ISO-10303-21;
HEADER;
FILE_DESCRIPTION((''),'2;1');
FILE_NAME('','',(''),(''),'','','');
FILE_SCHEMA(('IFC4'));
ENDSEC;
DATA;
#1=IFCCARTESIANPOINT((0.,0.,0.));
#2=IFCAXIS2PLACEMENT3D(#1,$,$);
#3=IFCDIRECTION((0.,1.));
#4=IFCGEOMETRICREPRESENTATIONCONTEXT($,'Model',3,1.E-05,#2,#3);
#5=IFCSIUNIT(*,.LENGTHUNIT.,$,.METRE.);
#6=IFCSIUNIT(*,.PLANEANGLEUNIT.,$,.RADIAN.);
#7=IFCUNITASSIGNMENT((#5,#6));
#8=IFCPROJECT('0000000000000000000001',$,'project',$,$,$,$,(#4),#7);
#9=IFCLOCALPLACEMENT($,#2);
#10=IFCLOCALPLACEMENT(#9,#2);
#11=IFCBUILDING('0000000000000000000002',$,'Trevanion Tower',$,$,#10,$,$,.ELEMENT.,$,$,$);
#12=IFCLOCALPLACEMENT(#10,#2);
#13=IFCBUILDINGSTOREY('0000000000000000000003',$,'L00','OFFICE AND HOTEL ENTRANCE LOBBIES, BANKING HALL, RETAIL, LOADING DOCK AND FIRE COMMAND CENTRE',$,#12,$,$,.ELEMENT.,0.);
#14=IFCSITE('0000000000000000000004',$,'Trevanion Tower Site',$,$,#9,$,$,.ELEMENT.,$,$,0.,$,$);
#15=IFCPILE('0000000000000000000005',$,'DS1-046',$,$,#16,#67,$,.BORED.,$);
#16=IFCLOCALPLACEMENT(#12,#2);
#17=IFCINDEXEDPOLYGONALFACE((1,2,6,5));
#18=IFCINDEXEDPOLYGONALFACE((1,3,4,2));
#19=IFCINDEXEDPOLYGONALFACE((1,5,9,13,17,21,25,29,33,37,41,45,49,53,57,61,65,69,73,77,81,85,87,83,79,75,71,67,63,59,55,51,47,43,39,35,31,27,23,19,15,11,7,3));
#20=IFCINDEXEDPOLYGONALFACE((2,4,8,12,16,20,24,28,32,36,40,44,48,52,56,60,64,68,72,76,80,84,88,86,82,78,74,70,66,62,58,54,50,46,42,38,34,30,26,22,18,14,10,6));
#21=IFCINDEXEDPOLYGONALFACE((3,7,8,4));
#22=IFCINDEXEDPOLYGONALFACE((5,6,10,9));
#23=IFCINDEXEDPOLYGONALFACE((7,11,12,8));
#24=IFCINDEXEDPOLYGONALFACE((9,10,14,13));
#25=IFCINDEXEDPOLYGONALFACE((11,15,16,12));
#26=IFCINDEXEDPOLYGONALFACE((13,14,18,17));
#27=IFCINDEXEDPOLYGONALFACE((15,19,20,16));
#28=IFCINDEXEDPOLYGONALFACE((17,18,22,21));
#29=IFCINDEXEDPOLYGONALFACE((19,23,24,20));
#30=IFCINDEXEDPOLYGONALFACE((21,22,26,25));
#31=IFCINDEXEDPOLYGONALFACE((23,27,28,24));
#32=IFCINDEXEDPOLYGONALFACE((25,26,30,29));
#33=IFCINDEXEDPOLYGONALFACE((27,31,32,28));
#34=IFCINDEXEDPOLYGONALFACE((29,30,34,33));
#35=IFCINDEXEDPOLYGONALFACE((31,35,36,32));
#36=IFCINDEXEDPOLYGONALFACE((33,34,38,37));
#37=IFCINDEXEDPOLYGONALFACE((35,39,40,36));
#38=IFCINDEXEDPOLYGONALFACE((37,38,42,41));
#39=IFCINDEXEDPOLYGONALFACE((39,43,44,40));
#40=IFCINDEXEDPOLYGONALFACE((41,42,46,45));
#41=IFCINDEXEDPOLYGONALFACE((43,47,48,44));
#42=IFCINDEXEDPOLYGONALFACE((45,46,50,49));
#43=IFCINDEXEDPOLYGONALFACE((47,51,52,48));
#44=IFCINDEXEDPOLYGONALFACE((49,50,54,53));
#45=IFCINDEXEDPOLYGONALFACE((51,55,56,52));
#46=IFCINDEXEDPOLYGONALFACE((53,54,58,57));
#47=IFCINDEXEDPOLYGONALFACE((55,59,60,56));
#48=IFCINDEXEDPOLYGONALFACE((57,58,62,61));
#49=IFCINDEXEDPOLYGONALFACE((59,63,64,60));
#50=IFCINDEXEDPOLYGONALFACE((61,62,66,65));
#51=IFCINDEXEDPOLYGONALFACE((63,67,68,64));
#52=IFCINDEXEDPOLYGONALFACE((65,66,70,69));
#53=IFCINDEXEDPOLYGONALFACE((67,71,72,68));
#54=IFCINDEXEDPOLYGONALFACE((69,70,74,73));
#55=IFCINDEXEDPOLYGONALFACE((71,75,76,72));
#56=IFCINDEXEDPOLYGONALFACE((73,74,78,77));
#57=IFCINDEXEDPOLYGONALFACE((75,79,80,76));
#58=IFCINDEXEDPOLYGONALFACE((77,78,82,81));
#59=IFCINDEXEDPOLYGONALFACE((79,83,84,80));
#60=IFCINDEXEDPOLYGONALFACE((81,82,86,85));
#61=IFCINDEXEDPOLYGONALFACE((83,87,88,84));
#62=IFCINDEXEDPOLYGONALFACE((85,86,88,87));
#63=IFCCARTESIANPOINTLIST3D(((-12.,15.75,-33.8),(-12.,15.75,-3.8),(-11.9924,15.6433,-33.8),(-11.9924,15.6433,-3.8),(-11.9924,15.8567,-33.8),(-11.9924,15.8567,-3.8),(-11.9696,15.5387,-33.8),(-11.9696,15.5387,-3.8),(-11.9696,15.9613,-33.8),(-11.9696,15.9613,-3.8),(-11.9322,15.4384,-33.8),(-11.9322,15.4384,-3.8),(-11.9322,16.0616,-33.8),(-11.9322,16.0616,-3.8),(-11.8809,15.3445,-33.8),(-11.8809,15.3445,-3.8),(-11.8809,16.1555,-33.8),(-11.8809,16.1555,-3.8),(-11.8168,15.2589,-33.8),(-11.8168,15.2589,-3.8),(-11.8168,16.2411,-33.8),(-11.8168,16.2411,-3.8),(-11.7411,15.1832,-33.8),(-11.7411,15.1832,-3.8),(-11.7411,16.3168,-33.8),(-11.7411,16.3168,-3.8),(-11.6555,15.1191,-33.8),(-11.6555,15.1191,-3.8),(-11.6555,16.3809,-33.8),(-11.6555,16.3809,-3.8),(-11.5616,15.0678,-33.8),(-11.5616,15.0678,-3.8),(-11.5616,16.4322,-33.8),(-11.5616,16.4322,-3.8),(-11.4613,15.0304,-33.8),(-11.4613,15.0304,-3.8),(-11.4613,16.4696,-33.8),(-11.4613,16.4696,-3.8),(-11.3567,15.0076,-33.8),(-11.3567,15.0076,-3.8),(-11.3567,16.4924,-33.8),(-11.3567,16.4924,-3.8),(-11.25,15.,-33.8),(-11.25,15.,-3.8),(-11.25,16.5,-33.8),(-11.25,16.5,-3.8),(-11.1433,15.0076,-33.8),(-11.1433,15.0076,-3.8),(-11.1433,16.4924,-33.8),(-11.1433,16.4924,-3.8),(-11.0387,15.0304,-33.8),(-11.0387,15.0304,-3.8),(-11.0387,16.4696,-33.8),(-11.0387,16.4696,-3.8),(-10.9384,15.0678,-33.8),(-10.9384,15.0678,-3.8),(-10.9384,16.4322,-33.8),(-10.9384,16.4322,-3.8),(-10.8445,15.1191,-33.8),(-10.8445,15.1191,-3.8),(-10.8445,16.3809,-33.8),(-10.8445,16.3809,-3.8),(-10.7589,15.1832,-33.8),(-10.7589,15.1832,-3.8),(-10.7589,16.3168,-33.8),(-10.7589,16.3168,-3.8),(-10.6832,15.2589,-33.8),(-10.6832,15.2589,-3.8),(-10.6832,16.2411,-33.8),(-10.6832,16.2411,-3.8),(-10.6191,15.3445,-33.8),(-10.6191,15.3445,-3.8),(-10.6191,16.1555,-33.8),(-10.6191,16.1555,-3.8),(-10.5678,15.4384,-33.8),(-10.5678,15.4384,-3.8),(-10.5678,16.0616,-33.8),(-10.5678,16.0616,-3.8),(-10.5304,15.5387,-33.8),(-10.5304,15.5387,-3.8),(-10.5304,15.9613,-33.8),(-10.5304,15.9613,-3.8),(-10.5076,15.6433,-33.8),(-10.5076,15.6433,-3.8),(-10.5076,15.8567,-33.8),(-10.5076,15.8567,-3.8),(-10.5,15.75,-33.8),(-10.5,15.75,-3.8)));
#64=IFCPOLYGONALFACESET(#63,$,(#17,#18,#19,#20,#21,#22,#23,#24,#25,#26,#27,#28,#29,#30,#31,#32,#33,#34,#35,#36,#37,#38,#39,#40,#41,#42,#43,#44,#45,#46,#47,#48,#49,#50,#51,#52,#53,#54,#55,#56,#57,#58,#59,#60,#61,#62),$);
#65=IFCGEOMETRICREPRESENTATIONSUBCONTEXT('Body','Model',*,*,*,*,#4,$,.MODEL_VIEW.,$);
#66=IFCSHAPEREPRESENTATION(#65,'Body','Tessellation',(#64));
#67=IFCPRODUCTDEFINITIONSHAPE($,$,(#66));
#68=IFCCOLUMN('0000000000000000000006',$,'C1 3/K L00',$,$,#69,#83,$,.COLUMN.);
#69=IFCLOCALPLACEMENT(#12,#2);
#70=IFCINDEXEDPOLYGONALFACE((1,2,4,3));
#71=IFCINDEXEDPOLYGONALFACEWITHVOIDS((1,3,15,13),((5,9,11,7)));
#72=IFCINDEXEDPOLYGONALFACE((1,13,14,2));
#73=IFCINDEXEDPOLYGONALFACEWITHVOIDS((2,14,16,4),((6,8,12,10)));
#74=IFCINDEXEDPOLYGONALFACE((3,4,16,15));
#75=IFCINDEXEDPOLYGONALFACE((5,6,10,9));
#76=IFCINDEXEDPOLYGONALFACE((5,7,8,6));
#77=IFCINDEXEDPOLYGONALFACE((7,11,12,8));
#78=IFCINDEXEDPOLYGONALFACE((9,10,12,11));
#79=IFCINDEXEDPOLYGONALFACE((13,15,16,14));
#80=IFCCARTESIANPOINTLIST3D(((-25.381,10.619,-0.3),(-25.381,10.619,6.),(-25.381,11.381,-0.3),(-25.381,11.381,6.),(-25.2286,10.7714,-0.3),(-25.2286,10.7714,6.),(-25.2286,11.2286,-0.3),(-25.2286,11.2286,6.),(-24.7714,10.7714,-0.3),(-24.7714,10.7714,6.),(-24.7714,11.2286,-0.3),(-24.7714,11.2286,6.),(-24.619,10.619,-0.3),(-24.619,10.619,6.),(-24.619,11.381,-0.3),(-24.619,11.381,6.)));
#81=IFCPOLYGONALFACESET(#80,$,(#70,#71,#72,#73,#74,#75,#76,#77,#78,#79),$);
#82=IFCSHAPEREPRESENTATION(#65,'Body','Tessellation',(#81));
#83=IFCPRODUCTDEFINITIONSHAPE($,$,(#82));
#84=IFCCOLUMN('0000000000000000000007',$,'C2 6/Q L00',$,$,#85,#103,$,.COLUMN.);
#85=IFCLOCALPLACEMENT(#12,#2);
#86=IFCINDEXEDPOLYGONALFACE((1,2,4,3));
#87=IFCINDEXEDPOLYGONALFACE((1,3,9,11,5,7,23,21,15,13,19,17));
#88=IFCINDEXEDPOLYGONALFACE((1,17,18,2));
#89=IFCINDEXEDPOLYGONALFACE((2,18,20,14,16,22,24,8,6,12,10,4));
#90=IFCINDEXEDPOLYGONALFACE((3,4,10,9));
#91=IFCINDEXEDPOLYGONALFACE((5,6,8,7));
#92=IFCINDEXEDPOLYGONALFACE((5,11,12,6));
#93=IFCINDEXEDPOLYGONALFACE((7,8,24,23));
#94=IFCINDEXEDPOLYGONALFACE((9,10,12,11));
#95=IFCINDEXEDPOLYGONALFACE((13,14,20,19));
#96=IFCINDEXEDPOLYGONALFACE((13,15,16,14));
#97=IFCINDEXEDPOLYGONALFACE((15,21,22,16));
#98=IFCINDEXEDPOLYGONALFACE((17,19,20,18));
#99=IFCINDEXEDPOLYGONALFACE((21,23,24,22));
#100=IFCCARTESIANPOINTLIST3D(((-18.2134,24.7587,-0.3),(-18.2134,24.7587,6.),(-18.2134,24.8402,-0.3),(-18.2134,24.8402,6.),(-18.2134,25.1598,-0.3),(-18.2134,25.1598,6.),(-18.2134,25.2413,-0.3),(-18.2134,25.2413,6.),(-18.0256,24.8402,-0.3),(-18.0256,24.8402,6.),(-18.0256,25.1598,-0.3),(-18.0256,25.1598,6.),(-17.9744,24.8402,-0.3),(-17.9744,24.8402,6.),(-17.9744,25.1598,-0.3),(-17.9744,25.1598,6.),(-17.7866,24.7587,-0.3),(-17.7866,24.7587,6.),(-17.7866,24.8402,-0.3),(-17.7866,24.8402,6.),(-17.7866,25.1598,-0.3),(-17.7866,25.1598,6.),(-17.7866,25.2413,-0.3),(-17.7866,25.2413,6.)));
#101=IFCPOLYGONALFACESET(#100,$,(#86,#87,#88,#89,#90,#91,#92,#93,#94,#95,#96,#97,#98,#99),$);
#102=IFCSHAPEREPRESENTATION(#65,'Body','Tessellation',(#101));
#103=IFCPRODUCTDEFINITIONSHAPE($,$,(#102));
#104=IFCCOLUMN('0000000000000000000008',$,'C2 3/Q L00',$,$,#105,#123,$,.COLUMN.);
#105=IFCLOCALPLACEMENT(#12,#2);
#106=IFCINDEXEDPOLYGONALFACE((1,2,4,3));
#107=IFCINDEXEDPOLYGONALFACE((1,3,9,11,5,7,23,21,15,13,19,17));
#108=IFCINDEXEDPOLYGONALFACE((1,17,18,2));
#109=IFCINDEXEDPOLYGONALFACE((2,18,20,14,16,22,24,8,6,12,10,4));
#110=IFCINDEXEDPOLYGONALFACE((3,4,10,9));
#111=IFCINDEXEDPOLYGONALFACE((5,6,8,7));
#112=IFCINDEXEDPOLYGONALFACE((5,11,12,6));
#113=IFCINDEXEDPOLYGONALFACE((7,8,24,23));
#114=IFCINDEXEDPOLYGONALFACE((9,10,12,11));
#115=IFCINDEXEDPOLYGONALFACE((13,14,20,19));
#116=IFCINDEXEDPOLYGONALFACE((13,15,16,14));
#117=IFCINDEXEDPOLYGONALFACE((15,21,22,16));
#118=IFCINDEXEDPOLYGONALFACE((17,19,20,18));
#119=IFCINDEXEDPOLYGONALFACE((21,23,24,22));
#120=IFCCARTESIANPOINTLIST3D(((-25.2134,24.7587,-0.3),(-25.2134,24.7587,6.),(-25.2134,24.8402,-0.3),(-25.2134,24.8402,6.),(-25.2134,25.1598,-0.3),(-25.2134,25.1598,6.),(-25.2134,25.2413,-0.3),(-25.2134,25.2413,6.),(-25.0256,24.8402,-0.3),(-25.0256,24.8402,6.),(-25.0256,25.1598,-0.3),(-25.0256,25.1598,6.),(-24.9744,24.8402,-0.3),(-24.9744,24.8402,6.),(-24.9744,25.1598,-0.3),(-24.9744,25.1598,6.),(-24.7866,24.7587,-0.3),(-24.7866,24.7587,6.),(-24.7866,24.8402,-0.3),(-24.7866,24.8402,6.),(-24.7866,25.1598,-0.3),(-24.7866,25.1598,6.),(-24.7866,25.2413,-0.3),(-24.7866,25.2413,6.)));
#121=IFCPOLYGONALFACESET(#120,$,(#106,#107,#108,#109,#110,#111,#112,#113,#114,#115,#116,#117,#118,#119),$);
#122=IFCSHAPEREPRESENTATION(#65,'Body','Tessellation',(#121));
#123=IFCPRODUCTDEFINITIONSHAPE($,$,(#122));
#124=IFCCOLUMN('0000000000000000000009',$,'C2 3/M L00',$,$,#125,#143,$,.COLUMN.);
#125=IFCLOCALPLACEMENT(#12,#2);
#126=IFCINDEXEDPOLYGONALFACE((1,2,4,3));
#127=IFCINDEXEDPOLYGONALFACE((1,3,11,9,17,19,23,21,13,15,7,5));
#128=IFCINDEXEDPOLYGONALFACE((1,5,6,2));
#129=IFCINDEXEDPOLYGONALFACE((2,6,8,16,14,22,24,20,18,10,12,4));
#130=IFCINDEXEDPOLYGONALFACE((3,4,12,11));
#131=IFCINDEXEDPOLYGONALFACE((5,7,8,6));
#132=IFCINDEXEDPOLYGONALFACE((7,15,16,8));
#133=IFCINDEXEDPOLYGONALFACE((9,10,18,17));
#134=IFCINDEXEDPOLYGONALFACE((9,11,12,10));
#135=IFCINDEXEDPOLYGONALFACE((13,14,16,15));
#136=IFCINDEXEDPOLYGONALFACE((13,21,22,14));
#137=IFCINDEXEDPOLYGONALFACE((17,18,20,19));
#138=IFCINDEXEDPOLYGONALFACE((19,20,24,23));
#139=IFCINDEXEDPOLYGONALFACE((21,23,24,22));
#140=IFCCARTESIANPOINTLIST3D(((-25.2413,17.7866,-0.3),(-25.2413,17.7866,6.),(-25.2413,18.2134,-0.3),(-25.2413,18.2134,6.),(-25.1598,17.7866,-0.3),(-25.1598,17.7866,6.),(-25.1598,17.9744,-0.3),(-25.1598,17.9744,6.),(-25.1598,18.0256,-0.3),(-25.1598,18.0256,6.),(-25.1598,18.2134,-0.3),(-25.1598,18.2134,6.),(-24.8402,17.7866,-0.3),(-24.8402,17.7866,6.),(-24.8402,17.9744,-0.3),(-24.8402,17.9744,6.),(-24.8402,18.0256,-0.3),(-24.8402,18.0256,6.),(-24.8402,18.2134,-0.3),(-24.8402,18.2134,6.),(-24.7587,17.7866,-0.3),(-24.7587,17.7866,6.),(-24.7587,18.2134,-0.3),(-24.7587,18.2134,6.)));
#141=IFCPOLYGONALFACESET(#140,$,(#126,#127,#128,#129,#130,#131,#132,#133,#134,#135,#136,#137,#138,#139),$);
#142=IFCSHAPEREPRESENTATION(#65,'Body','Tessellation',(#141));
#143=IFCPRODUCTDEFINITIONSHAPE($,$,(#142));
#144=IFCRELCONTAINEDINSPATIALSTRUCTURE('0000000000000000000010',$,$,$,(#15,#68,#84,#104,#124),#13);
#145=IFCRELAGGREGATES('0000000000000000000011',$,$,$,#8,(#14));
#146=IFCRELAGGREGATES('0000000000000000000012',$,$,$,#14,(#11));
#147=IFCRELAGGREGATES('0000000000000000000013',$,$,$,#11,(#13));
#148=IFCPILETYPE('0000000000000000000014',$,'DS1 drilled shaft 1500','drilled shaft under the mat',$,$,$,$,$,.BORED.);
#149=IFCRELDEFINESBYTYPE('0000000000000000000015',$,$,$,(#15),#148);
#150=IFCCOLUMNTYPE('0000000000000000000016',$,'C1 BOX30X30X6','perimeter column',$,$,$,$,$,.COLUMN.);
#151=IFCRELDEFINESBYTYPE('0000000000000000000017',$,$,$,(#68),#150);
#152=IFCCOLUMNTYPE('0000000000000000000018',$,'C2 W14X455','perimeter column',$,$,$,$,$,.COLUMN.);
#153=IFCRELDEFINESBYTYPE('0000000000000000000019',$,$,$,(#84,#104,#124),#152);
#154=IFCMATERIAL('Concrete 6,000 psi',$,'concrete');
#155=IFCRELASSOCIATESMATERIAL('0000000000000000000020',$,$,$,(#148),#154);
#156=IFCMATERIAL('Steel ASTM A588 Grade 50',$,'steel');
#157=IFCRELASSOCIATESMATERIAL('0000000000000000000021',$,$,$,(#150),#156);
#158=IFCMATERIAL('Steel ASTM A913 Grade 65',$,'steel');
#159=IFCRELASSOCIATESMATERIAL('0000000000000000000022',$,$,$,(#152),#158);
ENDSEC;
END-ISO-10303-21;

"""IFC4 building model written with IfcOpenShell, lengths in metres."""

from ifc_helpers import new_model, si_unit, direction, frame, origin, origin_2d, place, context, subcontext, project, spatial, hollow_rectangle, circle, i_section, extrude, material, material_profile, profile_set, type_object, element, save


model = new_model("IFC4")

# Units and contexts
model_context = context("Model", 3, precision=1e-05, world=origin(), true_north=direction((0.0, 1.0)))
body_context = subcontext(model_context, "Body", "Model", "MODEL_VIEW")
ifc_project = project(units=[si_unit("LENGTHUNIT", "METRE"), si_unit("PLANEANGLEUNIT", "RADIAN")], contexts=[model_context])

# Site, building, storey
site_placement = place(None, origin())
site = spatial("IfcSite", under=ifc_project, at=site_placement, Name="Trevanion Tower Site", CompositionType="ELEMENT", RefElevation=0.0)
building_placement = place(site_placement, origin())
building = spatial("IfcBuilding", under=site, at=building_placement, Name="Trevanion Tower", CompositionType="ELEMENT")
storey_placement = place(building_placement, origin())
storey = spatial("IfcBuildingStorey", under=building, at=storey_placement, Name="L00", Description="OFFICE AND HOTEL ENTRANCE LOBBIES, BANKING HALL, RETAIL, LOADING DOCK AND FIRE COMMAND CENTRE", CompositionType="ELEMENT", Elevation=0.0)

# Pile
ifc_material_1 = material(Name="Concrete 6,000 psi", Category="concrete")
ifc_material_profile_1 = material_profile(ifc_material_1, circle(Radius=0.75, at=origin_2d()), Name="DS1 drilled shaft 1500")
ifc_profile_set_1 = profile_set([ifc_material_profile_1], Name="Concrete 6,000 psi")
pile_type_1 = type_object("IfcPileType", Name="DS1 drilled shaft 1500", Description="drilled shaft under the mat", PredefinedType="BORED", material=ifc_profile_set_1)
for number, where, z_axis, x_axis, name in (
    (1, (-11.25, 15.75, -3.8), (0.0, 0.0, -1.0), (1.0, 0.0, 0.0), "DS1-046"),
):
    element("IfcPile", number, at=place(storey_placement, frame(where, z_axis=z_axis, x_axis=x_axis)), inside=storey, type_object=pile_type_1, Name=name, PredefinedType="BORED", context=body_context, shape_type="SweptSolid", body=[
        extrude(circle(Radius=0.75, at=origin_2d()), origin(), (0.0, 0.0, 1.0), 30.0),
    ])

# Columns
ifc_material_2 = material(Name="Steel ASTM A588 Grade 50", Category="steel")
ifc_material_profile_2 = material_profile(ifc_material_2, hollow_rectangle(XDim=0.762, YDim=0.762, WallThickness=0.1523, at=origin_2d()), Name="BOX30X30X6")
ifc_profile_set_2 = profile_set([ifc_material_profile_2], Name="Steel ASTM A588 Grade 50")
column_type_1 = type_object("IfcColumnType", Name="C1 BOX30X30X6", Description="perimeter column", PredefinedType="COLUMN", material=ifc_profile_set_2)
column_placement = place(storey_placement, frame((-25.0, 11.0, -0.3), z_axis=(0.0, 0.0, 1.0), x_axis=(0.0, 1.0, 0.0)))
element("IfcColumn", 2, at=column_placement, inside=storey, type_object=column_type_1, Name="C1 3/K L00", PredefinedType="COLUMN", context=body_context, shape_type="SweptSolid", body=[
    extrude(hollow_rectangle(XDim=0.762, YDim=0.762, WallThickness=0.1523, at=origin_2d()), origin(), (0.0, 0.0, 1.0), 6.3),
])
ifc_material_3 = material(Name="Steel ASTM A913 Grade 65", Category="steel")
ifc_material_profile_3 = material_profile(ifc_material_3, i_section(OverallWidth=0.4268, OverallDepth=0.4827, WebThickness=0.0513, FlangeThickness=0.0815, at=origin_2d()), Name="W14X455")
ifc_profile_set_3 = profile_set([ifc_material_profile_3], Name="Steel ASTM A913 Grade 65")
column_type_2 = type_object("IfcColumnType", Name="C2 W14X455", Description="perimeter column", PredefinedType="COLUMN", material=ifc_profile_set_3)
for number, where, z_axis, x_axis, name in (
    (3, (-18.0, 25.0, -0.3), (0.0, 0.0, 1.0), (1.0, 0.0, 0.0), "C2 6/Q L00"),
    (4, (-25.0, 25.0, -0.3), (0.0, 0.0, 1.0), (1.0, 0.0, 0.0), "C2 3/Q L00"),
    (5, (-25.0, 18.0, -0.3), (0.0, 0.0, 1.0), (0.0, 1.0, 0.0), "C2 3/M L00"),
):
    element("IfcColumn", number, at=place(storey_placement, frame(where, z_axis=z_axis, x_axis=x_axis)), inside=storey, type_object=column_type_2, Name=name, PredefinedType="COLUMN", context=body_context, shape_type="SweptSolid", body=[
        extrude(i_section(OverallWidth=0.4268, OverallDepth=0.4827, WebThickness=0.0513, FlangeThickness=0.0815, at=origin_2d()), origin(), (0.0, 0.0, 1.0), 6.3),
    ])

save(model, "model.ifc")
